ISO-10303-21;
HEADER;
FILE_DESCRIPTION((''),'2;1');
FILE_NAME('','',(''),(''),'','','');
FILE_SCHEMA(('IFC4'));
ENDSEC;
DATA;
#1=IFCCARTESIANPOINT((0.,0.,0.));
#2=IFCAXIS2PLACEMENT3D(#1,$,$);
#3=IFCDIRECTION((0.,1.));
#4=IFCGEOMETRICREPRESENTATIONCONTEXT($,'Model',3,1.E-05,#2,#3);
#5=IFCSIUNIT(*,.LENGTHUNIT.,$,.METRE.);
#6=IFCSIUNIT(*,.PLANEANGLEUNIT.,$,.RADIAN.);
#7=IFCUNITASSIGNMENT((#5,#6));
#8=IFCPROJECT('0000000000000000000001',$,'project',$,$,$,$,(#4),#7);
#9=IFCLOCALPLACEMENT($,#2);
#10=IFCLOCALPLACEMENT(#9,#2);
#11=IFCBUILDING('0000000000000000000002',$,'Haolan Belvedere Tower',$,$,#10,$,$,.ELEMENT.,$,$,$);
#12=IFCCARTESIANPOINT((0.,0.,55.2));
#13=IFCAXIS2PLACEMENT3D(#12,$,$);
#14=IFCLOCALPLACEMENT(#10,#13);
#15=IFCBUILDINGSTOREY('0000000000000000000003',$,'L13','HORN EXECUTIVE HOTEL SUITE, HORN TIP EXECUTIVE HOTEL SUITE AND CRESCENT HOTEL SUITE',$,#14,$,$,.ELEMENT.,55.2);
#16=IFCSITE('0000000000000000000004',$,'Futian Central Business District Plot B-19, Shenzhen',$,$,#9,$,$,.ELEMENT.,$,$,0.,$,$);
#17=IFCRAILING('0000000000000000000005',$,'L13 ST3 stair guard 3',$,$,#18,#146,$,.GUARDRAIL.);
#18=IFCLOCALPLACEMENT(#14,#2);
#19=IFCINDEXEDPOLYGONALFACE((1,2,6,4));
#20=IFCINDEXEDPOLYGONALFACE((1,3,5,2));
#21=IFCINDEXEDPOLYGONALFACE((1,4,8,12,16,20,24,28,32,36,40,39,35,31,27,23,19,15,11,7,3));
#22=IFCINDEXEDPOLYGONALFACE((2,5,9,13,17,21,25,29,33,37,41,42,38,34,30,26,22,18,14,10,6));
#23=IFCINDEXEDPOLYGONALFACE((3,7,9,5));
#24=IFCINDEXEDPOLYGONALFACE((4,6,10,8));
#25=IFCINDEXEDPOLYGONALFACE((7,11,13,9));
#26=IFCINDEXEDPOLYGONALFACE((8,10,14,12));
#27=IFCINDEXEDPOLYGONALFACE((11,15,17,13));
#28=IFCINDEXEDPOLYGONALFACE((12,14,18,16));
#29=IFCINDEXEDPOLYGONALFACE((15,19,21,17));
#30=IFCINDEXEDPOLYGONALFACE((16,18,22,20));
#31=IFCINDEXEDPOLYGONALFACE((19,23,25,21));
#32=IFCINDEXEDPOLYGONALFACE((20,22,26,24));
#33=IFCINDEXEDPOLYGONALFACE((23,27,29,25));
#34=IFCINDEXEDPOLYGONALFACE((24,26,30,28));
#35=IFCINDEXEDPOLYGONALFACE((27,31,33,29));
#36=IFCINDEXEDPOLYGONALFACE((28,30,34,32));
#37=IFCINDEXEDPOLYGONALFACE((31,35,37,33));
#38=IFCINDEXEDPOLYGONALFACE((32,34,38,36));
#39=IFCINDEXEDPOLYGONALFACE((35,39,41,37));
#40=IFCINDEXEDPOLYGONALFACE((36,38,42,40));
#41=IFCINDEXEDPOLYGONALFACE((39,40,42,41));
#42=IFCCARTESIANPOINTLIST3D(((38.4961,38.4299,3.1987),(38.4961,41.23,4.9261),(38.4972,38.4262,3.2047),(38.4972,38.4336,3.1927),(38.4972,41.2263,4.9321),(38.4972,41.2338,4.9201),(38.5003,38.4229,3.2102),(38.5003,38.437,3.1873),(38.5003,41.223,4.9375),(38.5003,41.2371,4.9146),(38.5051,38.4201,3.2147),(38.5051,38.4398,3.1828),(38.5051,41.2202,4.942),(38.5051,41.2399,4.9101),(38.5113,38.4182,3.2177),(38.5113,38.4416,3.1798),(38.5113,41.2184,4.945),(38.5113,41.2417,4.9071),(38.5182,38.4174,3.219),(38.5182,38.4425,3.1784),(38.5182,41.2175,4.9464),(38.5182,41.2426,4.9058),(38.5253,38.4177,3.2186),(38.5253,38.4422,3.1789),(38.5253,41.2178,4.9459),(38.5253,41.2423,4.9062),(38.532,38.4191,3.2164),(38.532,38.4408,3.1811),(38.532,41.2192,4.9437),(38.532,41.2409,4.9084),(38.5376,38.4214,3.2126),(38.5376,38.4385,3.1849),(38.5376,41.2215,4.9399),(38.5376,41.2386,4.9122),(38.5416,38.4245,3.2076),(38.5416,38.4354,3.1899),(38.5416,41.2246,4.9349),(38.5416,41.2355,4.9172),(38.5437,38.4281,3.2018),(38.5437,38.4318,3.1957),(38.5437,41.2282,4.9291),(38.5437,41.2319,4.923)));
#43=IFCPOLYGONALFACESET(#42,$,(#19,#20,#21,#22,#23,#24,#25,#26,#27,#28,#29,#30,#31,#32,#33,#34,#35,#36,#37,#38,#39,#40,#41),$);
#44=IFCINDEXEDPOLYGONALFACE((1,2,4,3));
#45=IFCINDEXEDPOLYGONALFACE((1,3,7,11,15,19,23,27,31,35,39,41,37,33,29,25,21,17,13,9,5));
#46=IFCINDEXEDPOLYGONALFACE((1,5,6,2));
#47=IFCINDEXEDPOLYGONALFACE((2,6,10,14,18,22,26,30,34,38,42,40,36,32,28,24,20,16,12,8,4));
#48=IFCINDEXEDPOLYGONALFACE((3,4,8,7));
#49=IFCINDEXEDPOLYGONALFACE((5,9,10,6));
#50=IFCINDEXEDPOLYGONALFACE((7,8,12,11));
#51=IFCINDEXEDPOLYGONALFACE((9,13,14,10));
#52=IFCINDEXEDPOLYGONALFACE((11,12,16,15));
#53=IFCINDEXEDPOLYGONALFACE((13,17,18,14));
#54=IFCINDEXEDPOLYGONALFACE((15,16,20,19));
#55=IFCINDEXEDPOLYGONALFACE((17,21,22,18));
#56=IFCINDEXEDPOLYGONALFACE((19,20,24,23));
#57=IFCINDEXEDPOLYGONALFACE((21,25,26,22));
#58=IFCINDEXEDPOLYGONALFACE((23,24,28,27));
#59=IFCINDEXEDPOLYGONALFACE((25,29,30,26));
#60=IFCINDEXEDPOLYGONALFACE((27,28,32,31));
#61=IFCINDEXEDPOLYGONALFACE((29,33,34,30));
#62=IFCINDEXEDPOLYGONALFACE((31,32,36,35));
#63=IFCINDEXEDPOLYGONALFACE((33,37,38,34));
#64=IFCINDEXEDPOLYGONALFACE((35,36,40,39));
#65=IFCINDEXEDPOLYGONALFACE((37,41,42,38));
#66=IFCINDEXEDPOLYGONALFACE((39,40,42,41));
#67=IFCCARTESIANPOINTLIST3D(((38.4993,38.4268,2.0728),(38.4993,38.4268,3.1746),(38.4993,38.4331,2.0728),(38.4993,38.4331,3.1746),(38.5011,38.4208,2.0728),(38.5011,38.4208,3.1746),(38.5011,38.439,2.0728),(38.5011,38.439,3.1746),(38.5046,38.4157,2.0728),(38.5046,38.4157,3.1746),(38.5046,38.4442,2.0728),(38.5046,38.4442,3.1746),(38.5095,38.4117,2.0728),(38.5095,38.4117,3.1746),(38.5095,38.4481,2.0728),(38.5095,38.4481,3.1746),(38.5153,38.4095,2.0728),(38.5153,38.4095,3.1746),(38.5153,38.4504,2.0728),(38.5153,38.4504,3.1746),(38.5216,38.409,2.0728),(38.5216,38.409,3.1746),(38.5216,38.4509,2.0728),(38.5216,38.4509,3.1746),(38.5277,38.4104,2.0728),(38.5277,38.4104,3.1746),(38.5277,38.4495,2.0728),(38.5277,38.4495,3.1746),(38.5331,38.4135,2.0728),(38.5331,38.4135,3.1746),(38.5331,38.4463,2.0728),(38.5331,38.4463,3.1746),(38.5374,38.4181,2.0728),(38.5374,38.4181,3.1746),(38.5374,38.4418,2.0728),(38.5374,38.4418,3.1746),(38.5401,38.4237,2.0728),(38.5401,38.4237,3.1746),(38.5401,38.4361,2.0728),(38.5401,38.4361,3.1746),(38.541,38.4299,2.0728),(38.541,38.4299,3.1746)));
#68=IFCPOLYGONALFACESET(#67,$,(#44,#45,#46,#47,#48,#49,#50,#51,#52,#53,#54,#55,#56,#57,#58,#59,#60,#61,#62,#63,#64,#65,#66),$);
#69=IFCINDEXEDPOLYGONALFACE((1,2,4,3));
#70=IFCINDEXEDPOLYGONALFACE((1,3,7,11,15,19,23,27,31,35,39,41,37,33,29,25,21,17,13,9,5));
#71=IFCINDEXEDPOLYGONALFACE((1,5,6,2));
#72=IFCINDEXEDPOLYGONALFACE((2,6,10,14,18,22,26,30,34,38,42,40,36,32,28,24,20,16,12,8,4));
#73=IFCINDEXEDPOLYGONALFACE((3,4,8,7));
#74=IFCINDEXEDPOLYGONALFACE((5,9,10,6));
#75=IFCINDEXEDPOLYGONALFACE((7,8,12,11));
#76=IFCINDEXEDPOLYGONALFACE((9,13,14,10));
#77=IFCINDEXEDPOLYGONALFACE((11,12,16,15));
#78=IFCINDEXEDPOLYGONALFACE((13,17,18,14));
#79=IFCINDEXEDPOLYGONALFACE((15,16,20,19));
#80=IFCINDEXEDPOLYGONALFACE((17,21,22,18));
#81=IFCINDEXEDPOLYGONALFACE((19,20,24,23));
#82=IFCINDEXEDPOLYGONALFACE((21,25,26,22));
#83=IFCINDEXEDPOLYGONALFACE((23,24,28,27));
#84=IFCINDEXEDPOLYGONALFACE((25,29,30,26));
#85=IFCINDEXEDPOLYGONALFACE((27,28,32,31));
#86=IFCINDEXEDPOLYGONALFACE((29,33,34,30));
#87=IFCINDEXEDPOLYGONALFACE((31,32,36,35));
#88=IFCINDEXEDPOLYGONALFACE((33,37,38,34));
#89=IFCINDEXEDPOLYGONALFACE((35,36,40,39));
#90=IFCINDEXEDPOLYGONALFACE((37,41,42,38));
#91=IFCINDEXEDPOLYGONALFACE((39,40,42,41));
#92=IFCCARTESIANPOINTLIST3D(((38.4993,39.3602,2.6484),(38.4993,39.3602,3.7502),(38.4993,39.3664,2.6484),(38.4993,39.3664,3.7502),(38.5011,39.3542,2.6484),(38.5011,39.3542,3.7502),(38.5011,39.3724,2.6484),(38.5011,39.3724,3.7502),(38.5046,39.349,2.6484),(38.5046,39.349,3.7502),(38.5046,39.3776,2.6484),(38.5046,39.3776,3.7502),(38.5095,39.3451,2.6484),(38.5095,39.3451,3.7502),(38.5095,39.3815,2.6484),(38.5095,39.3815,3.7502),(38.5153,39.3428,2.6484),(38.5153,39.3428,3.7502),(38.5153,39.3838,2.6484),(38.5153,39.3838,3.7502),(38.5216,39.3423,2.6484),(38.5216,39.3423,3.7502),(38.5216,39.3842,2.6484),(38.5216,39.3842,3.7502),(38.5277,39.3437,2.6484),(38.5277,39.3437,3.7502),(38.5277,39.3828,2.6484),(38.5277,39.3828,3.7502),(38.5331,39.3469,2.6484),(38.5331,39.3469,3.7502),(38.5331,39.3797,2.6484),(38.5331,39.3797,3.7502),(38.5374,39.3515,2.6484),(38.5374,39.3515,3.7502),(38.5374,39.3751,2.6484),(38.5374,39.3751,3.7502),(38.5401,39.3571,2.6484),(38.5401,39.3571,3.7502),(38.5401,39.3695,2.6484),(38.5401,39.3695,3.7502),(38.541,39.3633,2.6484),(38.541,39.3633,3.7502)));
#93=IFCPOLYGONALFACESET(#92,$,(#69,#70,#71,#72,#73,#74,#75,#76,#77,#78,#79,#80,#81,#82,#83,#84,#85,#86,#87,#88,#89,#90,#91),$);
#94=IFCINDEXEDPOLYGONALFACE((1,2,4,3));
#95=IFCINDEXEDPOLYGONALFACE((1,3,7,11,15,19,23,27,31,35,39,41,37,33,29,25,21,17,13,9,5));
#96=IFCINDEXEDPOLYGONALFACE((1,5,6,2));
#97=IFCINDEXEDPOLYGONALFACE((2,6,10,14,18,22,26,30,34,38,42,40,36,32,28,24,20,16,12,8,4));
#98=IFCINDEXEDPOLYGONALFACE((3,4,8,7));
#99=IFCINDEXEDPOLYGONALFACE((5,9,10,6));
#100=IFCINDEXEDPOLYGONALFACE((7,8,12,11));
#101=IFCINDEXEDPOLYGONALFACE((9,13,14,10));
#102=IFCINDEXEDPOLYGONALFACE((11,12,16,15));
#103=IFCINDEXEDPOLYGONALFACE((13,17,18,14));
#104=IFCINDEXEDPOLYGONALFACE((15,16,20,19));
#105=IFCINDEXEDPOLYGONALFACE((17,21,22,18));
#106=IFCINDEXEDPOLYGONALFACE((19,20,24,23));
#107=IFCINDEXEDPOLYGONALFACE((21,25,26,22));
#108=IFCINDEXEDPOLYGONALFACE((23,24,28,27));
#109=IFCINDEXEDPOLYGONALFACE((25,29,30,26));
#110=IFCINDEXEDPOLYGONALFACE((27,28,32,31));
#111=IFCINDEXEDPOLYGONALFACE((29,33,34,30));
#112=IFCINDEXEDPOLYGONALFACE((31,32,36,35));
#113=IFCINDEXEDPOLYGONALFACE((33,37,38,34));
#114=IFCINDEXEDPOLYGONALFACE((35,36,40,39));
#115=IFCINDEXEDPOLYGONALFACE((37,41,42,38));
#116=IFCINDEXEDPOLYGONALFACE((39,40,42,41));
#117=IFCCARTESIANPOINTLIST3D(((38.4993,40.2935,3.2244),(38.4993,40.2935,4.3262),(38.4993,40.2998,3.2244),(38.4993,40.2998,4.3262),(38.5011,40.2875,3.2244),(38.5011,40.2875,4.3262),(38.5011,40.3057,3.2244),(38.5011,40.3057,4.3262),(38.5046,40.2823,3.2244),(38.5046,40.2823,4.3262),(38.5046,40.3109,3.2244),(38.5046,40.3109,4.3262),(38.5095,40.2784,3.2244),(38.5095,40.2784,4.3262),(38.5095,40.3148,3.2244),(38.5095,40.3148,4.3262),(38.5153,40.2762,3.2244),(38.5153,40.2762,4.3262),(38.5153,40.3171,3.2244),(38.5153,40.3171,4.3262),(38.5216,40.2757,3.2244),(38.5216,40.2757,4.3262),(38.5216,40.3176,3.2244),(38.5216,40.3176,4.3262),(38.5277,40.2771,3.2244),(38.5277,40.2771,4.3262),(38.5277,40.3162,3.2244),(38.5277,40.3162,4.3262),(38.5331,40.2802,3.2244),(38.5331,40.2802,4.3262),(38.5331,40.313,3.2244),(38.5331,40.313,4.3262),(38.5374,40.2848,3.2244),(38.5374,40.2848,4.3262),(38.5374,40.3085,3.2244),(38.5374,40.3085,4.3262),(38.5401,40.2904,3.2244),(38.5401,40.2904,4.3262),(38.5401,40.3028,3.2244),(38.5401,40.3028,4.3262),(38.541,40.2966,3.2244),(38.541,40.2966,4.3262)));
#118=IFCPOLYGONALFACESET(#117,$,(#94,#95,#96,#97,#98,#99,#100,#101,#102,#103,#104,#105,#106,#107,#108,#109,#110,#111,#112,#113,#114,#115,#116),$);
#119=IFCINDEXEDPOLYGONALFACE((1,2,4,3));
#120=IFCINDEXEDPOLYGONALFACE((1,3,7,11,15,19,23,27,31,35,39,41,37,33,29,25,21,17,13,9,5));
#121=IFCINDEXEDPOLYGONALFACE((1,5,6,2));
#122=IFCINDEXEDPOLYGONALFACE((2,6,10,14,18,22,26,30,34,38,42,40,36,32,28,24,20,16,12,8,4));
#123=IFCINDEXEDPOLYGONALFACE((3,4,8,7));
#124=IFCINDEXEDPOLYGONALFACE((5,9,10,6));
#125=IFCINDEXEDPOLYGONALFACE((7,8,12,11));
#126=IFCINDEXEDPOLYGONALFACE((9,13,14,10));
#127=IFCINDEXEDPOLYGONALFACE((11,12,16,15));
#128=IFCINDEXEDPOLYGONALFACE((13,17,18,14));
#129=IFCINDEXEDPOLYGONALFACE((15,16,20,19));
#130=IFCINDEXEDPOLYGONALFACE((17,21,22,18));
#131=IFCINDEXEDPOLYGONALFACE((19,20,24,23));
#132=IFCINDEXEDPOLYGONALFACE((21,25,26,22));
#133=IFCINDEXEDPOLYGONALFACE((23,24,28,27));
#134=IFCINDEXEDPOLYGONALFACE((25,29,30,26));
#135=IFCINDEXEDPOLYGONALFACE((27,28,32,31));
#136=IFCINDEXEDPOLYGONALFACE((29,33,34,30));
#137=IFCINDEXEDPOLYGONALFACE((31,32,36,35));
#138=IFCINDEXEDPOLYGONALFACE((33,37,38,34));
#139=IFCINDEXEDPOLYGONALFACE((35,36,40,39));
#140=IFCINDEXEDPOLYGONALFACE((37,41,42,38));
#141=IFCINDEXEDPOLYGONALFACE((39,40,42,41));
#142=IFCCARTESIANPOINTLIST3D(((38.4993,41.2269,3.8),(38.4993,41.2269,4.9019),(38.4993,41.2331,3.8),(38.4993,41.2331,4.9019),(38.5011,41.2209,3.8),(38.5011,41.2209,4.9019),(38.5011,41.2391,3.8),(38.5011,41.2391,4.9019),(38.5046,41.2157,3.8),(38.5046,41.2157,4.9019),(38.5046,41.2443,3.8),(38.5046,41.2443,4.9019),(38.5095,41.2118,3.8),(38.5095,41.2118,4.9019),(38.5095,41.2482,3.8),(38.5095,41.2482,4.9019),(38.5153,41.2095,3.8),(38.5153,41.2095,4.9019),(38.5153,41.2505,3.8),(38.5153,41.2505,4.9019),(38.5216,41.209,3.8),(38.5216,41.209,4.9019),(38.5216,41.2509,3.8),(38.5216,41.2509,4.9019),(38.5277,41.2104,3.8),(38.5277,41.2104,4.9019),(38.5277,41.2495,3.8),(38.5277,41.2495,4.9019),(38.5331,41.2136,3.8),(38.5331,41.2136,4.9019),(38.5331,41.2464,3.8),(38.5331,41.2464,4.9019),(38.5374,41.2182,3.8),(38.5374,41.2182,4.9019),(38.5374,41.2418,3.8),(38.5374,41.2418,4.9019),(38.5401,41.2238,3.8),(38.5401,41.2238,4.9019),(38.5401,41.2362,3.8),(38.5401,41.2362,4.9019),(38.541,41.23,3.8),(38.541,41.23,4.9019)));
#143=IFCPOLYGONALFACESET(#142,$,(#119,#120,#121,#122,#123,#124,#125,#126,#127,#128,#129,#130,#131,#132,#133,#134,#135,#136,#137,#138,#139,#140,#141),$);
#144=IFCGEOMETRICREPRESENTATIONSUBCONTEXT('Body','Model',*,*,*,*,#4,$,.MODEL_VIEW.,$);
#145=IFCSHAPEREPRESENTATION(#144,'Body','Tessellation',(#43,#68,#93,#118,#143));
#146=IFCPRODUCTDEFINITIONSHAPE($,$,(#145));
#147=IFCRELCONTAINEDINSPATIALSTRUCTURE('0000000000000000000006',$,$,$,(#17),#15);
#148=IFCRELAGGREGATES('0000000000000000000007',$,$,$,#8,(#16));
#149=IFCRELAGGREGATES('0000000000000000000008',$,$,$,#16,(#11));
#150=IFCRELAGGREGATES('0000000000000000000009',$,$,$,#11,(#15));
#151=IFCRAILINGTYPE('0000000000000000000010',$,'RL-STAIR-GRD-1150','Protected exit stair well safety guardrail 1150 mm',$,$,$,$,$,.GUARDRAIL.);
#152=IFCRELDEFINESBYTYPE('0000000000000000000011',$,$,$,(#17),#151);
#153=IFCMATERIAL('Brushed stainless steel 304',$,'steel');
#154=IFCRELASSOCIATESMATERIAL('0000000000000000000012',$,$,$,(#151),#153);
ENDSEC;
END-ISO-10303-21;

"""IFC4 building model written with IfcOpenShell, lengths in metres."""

from ifc_helpers import new_model, si_unit, direction, frame, origin, origin_2d, place, context, subcontext, project, spatial, circle, extrude, material, type_object, element, save


model = new_model("IFC4")

# Units and contexts
model_context = context("Model", 3, precision=1e-05, world=origin(), true_north=direction((0.0, 1.0)))
body_context = subcontext(model_context, "Body", "Model", "MODEL_VIEW")
ifc_project = project(units=[si_unit("LENGTHUNIT", "METRE"), si_unit("PLANEANGLEUNIT", "RADIAN")], contexts=[model_context])

# Site, building, storey
site_placement = place(None, origin())
site = spatial("IfcSite", under=ifc_project, at=site_placement, Name="Futian Central Business District Plot B-19, Shenzhen", CompositionType="ELEMENT", RefElevation=0.0)
building_placement = place(site_placement, origin())
building = spatial("IfcBuilding", under=site, at=building_placement, Name="Haolan Belvedere Tower", CompositionType="ELEMENT")
storey_placement = place(building_placement, frame((0.0, 0.0, 55.2)))
storey = spatial("IfcBuildingStorey", under=building, at=storey_placement, Name="L13", Description="HORN EXECUTIVE HOTEL SUITE, HORN TIP EXECUTIVE HOTEL SUITE AND CRESCENT HOTEL SUITE", CompositionType="ELEMENT", Elevation=55.2)

# Railing
ifc_material_1 = material(Name="Brushed stainless steel 304", Category="steel")
railing_type_1 = type_object("IfcRailingType", Name="RL-STAIR-GRD-1150", Description="Protected exit stair well safety guardrail 1150 mm", PredefinedType="GUARDRAIL", material=ifc_material_1)
railing_1_placement = place(storey_placement, frame((38.52, 38.4299, 2.0728)))
element("IfcRailing", 1, at=railing_1_placement, inside=storey, type_object=railing_type_1, Name="L13 ST3 stair guard 3", PredefinedType="GUARDRAIL", context=body_context, shape_type="SweptSolid", body=[
    extrude(circle(Radius=0.0239, at=origin_2d()), frame((0.0, 0.0, 1.126), z_axis=(0.0, 0.85109, 0.52502), x_axis=(-1.0, 0.0, 0.0)), (0.0, 0.0, 1.0), 3.29),
    extrude(circle(Radius=0.021, at=origin_2d()), origin(), (0.0, 0.0, 1.0), 1.1018),
    extrude(circle(Radius=0.021, at=origin_2d()), frame((0.0, 0.9333, 0.5757)), (0.0, 0.0, 1.0), 1.1018),
    extrude(circle(Radius=0.021, at=origin_2d()), frame((0.0, 1.8667, 1.1516)), (0.0, 0.0, 1.0), 1.1018),
    extrude(circle(Radius=0.021, at=origin_2d()), frame((0.0, 2.8, 1.7273)), (0.0, 0.0, 1.0), 1.1018),
])

save(model, "model.ifc")
